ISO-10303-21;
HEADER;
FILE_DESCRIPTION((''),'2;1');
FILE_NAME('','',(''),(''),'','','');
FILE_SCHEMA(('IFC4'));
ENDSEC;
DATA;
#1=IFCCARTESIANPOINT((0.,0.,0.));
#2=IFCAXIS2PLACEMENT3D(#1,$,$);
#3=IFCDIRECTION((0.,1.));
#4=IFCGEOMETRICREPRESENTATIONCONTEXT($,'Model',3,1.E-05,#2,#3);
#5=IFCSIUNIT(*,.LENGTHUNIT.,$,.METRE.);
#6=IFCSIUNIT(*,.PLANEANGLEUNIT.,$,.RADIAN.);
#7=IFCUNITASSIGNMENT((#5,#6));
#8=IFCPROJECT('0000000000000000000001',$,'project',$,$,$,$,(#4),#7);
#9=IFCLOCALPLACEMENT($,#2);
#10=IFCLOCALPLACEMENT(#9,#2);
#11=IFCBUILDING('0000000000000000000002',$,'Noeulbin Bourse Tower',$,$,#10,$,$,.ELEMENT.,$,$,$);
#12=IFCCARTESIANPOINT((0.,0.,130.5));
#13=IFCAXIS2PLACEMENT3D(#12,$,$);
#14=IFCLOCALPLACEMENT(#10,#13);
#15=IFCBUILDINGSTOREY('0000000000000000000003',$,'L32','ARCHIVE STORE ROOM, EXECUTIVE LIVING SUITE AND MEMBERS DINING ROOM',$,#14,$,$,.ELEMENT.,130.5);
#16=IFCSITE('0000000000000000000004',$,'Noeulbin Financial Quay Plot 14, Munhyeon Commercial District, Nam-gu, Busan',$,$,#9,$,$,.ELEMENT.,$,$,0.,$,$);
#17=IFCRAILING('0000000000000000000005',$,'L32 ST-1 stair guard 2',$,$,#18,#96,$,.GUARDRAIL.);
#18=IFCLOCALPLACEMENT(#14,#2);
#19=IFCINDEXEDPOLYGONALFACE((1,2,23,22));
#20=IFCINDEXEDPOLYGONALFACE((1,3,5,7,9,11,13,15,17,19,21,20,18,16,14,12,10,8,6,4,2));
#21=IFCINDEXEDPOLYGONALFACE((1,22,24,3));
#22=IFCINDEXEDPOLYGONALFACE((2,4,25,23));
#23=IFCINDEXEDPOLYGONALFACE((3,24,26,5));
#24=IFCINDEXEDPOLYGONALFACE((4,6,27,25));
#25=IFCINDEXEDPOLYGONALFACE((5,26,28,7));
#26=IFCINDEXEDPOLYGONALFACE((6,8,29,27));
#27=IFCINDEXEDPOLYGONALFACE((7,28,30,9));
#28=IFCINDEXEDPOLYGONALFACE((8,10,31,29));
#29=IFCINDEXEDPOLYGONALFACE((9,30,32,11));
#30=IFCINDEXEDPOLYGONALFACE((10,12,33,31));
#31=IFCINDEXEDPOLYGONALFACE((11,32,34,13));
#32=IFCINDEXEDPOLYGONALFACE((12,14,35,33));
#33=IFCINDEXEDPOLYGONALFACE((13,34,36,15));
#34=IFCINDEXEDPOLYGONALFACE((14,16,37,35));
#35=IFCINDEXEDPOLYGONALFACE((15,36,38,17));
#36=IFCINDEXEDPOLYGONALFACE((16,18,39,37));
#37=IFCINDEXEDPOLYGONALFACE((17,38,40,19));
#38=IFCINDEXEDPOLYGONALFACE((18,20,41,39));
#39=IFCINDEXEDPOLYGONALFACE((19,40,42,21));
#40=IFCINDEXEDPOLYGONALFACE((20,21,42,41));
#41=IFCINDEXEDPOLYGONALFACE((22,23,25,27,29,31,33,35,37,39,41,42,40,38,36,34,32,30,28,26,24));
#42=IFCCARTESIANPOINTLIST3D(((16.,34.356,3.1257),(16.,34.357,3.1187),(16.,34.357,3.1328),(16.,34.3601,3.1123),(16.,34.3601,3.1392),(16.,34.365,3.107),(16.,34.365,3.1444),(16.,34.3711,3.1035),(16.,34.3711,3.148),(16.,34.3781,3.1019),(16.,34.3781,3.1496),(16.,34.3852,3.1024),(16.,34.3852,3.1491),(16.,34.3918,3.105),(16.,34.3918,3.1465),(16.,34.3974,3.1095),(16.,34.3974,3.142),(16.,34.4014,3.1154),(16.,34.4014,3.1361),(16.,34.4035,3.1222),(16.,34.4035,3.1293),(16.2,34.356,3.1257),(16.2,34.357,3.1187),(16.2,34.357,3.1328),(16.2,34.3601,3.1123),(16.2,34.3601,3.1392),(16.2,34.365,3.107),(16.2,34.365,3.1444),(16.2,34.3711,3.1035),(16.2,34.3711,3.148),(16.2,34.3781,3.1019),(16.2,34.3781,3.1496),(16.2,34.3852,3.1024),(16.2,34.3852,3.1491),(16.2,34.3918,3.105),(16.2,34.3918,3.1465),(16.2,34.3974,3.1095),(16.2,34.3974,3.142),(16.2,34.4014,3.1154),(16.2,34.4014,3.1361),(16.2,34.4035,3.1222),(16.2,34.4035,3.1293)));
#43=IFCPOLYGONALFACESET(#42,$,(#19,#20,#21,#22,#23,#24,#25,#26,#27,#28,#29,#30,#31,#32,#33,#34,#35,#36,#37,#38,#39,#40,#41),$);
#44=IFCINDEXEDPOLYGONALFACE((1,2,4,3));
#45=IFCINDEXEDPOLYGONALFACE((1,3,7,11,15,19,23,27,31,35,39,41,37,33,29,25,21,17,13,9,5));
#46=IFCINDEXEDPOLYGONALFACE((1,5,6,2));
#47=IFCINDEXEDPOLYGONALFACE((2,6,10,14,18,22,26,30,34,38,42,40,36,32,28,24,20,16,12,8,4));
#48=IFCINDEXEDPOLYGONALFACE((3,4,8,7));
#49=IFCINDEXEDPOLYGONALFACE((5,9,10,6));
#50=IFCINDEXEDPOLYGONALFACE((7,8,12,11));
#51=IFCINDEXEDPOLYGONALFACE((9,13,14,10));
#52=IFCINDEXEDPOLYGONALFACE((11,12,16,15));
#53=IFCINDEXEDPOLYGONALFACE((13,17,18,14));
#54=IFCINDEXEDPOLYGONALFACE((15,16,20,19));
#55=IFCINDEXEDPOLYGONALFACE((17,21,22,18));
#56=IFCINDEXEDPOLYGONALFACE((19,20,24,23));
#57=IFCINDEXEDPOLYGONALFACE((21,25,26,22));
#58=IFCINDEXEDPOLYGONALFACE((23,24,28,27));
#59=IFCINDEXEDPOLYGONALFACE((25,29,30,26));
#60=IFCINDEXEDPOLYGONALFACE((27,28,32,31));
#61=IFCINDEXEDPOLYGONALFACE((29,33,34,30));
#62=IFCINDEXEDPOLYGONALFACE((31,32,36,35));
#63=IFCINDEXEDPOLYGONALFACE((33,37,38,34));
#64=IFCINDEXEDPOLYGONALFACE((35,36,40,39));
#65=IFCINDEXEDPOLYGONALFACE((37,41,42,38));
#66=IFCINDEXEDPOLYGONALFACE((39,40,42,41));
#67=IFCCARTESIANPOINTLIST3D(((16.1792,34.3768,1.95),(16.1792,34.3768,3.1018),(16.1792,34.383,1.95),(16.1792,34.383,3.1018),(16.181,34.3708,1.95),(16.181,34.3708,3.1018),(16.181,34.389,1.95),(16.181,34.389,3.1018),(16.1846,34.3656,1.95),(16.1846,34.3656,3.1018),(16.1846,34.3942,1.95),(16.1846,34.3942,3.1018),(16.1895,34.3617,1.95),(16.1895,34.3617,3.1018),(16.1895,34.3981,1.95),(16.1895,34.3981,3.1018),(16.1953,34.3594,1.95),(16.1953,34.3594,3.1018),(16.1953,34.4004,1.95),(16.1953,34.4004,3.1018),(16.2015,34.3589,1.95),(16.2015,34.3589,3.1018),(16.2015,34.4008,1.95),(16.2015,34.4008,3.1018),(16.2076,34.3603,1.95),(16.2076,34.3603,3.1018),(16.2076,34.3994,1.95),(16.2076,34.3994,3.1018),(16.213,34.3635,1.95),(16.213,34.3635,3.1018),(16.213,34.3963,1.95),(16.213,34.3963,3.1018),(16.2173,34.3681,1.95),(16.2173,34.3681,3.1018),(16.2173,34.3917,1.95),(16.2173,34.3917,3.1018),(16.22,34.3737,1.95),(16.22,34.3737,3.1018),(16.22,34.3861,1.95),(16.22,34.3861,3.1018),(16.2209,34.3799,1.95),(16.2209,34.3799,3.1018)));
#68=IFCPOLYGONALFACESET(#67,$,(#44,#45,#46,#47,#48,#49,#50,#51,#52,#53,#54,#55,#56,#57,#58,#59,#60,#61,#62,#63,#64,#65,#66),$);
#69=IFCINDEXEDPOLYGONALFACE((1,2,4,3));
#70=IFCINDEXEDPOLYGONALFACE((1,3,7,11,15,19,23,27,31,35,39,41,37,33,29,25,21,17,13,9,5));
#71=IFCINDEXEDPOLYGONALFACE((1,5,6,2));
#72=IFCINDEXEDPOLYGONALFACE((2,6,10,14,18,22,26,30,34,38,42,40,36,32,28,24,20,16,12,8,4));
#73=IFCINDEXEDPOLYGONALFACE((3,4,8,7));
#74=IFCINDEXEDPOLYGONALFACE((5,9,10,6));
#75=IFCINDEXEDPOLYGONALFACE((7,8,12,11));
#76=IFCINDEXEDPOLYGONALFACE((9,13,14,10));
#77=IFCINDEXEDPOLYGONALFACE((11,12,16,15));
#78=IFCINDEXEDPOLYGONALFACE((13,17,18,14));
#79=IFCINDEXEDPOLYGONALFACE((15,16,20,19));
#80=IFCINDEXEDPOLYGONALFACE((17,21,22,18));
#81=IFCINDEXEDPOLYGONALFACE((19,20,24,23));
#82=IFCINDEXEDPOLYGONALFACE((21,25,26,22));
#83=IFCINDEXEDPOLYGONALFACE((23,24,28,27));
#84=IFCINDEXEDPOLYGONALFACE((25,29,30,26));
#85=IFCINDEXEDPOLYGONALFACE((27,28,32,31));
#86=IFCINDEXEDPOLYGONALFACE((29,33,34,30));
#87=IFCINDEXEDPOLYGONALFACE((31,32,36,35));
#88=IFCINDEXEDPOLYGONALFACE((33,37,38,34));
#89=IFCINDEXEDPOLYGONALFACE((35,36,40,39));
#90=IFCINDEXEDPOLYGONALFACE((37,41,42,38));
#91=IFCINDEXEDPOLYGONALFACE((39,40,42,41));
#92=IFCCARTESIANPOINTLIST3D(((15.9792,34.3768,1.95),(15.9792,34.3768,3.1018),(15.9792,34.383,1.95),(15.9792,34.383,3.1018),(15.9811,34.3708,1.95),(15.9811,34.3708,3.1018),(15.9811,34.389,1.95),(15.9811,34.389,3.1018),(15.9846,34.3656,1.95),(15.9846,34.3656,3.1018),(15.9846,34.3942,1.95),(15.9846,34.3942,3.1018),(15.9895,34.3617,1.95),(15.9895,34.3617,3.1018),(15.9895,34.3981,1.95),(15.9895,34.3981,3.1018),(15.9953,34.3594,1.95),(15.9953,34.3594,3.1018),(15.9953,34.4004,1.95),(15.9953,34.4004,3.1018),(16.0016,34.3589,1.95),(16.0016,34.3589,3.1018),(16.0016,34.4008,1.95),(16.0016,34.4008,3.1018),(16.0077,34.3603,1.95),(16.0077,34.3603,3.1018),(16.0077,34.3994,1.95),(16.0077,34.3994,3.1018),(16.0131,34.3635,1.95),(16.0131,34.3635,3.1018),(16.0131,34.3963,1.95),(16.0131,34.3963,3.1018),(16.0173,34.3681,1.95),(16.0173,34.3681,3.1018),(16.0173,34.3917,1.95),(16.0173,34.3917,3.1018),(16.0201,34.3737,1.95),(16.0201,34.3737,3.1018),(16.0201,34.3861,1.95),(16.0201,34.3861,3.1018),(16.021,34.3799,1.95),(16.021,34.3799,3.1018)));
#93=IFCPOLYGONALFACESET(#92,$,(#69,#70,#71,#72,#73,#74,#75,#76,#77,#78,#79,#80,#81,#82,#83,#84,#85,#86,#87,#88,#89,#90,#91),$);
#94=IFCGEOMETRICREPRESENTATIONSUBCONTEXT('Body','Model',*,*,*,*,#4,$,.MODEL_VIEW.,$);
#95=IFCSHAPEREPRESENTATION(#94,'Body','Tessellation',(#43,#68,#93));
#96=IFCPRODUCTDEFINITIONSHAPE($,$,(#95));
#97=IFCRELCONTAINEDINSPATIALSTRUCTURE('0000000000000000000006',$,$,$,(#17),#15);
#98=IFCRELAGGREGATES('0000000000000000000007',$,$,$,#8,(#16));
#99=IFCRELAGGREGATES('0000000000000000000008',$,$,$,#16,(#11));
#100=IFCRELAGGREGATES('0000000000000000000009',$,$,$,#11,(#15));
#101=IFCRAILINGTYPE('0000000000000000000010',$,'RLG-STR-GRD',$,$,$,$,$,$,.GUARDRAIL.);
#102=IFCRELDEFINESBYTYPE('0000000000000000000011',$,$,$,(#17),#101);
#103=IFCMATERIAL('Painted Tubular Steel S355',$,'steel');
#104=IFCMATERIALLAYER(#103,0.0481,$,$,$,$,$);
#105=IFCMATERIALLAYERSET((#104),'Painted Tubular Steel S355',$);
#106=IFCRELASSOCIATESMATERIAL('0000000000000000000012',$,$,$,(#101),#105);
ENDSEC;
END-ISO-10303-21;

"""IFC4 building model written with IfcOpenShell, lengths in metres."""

from ifc_helpers import new_model, si_unit, direction, frame, origin, origin_2d, place, context, subcontext, project, spatial, circle, extrude, material, layer, layer_set, type_object, element, save


model = new_model("IFC4")

# Units and contexts
model_context = context("Model", 3, precision=1e-05, world=origin(), true_north=direction((0.0, 1.0)))
body_context = subcontext(model_context, "Body", "Model", "MODEL_VIEW")
ifc_project = project(units=[si_unit("LENGTHUNIT", "METRE"), si_unit("PLANEANGLEUNIT", "RADIAN")], contexts=[model_context])

# Site, building, storey
site_placement = place(None, origin())
site = spatial("IfcSite", under=ifc_project, at=site_placement, Name="Noeulbin Financial Quay Plot 14, Munhyeon Commercial District, Nam-gu, Busan", CompositionType="ELEMENT", RefElevation=0.0)
building_placement = place(site_placement, origin())
building = spatial("IfcBuilding", under=site, at=building_placement, Name="Noeulbin Bourse Tower", CompositionType="ELEMENT")
storey_placement = place(building_placement, frame((0.0, 0.0, 130.5)))
storey = spatial("IfcBuildingStorey", under=building, at=storey_placement, Name="L32", Description="ARCHIVE STORE ROOM, EXECUTIVE LIVING SUITE AND MEMBERS DINING ROOM", CompositionType="ELEMENT", Elevation=130.5)

# Railing
ifc_material_1 = material(Name="Painted Tubular Steel S355", Category="steel")
ifc_layer_1 = layer(ifc_material_1, 0.0481)
ifc_layer_set_1 = layer_set([ifc_layer_1], Name="Painted Tubular Steel S355")
railing_type = type_object("IfcRailingType", Name="RLG-STR-GRD", PredefinedType="GUARDRAIL", material=ifc_layer_set_1)
railing_1_placement = place(storey_placement, frame((16.2, 34.3799, 1.95)))
element("IfcRailing", 1, at=railing_1_placement, inside=storey, type_object=railing_type, Name="L32 ST-1 stair guard 2", PredefinedType="GUARDRAIL", context=body_context, shape_type="SweptSolid", body=[
    extrude(circle(Radius=0.0239, at=origin_2d()), frame((0.0, 0.0, 1.1758), z_axis=(-1.0, 0.0, 0.0), x_axis=(0.0, -1.0, 0.0)), (0.0, 0.0, 1.0), 0.2),
    extrude(circle(Radius=0.021, at=origin_2d()), origin(), (0.0, 0.0, 1.0), 1.1519),
    extrude(circle(Radius=0.021, at=origin_2d()), frame((-0.2, 0.0, 0.0)), (0.0, 0.0, 1.0), 1.1519),
])

save(model, "model.ifc")
